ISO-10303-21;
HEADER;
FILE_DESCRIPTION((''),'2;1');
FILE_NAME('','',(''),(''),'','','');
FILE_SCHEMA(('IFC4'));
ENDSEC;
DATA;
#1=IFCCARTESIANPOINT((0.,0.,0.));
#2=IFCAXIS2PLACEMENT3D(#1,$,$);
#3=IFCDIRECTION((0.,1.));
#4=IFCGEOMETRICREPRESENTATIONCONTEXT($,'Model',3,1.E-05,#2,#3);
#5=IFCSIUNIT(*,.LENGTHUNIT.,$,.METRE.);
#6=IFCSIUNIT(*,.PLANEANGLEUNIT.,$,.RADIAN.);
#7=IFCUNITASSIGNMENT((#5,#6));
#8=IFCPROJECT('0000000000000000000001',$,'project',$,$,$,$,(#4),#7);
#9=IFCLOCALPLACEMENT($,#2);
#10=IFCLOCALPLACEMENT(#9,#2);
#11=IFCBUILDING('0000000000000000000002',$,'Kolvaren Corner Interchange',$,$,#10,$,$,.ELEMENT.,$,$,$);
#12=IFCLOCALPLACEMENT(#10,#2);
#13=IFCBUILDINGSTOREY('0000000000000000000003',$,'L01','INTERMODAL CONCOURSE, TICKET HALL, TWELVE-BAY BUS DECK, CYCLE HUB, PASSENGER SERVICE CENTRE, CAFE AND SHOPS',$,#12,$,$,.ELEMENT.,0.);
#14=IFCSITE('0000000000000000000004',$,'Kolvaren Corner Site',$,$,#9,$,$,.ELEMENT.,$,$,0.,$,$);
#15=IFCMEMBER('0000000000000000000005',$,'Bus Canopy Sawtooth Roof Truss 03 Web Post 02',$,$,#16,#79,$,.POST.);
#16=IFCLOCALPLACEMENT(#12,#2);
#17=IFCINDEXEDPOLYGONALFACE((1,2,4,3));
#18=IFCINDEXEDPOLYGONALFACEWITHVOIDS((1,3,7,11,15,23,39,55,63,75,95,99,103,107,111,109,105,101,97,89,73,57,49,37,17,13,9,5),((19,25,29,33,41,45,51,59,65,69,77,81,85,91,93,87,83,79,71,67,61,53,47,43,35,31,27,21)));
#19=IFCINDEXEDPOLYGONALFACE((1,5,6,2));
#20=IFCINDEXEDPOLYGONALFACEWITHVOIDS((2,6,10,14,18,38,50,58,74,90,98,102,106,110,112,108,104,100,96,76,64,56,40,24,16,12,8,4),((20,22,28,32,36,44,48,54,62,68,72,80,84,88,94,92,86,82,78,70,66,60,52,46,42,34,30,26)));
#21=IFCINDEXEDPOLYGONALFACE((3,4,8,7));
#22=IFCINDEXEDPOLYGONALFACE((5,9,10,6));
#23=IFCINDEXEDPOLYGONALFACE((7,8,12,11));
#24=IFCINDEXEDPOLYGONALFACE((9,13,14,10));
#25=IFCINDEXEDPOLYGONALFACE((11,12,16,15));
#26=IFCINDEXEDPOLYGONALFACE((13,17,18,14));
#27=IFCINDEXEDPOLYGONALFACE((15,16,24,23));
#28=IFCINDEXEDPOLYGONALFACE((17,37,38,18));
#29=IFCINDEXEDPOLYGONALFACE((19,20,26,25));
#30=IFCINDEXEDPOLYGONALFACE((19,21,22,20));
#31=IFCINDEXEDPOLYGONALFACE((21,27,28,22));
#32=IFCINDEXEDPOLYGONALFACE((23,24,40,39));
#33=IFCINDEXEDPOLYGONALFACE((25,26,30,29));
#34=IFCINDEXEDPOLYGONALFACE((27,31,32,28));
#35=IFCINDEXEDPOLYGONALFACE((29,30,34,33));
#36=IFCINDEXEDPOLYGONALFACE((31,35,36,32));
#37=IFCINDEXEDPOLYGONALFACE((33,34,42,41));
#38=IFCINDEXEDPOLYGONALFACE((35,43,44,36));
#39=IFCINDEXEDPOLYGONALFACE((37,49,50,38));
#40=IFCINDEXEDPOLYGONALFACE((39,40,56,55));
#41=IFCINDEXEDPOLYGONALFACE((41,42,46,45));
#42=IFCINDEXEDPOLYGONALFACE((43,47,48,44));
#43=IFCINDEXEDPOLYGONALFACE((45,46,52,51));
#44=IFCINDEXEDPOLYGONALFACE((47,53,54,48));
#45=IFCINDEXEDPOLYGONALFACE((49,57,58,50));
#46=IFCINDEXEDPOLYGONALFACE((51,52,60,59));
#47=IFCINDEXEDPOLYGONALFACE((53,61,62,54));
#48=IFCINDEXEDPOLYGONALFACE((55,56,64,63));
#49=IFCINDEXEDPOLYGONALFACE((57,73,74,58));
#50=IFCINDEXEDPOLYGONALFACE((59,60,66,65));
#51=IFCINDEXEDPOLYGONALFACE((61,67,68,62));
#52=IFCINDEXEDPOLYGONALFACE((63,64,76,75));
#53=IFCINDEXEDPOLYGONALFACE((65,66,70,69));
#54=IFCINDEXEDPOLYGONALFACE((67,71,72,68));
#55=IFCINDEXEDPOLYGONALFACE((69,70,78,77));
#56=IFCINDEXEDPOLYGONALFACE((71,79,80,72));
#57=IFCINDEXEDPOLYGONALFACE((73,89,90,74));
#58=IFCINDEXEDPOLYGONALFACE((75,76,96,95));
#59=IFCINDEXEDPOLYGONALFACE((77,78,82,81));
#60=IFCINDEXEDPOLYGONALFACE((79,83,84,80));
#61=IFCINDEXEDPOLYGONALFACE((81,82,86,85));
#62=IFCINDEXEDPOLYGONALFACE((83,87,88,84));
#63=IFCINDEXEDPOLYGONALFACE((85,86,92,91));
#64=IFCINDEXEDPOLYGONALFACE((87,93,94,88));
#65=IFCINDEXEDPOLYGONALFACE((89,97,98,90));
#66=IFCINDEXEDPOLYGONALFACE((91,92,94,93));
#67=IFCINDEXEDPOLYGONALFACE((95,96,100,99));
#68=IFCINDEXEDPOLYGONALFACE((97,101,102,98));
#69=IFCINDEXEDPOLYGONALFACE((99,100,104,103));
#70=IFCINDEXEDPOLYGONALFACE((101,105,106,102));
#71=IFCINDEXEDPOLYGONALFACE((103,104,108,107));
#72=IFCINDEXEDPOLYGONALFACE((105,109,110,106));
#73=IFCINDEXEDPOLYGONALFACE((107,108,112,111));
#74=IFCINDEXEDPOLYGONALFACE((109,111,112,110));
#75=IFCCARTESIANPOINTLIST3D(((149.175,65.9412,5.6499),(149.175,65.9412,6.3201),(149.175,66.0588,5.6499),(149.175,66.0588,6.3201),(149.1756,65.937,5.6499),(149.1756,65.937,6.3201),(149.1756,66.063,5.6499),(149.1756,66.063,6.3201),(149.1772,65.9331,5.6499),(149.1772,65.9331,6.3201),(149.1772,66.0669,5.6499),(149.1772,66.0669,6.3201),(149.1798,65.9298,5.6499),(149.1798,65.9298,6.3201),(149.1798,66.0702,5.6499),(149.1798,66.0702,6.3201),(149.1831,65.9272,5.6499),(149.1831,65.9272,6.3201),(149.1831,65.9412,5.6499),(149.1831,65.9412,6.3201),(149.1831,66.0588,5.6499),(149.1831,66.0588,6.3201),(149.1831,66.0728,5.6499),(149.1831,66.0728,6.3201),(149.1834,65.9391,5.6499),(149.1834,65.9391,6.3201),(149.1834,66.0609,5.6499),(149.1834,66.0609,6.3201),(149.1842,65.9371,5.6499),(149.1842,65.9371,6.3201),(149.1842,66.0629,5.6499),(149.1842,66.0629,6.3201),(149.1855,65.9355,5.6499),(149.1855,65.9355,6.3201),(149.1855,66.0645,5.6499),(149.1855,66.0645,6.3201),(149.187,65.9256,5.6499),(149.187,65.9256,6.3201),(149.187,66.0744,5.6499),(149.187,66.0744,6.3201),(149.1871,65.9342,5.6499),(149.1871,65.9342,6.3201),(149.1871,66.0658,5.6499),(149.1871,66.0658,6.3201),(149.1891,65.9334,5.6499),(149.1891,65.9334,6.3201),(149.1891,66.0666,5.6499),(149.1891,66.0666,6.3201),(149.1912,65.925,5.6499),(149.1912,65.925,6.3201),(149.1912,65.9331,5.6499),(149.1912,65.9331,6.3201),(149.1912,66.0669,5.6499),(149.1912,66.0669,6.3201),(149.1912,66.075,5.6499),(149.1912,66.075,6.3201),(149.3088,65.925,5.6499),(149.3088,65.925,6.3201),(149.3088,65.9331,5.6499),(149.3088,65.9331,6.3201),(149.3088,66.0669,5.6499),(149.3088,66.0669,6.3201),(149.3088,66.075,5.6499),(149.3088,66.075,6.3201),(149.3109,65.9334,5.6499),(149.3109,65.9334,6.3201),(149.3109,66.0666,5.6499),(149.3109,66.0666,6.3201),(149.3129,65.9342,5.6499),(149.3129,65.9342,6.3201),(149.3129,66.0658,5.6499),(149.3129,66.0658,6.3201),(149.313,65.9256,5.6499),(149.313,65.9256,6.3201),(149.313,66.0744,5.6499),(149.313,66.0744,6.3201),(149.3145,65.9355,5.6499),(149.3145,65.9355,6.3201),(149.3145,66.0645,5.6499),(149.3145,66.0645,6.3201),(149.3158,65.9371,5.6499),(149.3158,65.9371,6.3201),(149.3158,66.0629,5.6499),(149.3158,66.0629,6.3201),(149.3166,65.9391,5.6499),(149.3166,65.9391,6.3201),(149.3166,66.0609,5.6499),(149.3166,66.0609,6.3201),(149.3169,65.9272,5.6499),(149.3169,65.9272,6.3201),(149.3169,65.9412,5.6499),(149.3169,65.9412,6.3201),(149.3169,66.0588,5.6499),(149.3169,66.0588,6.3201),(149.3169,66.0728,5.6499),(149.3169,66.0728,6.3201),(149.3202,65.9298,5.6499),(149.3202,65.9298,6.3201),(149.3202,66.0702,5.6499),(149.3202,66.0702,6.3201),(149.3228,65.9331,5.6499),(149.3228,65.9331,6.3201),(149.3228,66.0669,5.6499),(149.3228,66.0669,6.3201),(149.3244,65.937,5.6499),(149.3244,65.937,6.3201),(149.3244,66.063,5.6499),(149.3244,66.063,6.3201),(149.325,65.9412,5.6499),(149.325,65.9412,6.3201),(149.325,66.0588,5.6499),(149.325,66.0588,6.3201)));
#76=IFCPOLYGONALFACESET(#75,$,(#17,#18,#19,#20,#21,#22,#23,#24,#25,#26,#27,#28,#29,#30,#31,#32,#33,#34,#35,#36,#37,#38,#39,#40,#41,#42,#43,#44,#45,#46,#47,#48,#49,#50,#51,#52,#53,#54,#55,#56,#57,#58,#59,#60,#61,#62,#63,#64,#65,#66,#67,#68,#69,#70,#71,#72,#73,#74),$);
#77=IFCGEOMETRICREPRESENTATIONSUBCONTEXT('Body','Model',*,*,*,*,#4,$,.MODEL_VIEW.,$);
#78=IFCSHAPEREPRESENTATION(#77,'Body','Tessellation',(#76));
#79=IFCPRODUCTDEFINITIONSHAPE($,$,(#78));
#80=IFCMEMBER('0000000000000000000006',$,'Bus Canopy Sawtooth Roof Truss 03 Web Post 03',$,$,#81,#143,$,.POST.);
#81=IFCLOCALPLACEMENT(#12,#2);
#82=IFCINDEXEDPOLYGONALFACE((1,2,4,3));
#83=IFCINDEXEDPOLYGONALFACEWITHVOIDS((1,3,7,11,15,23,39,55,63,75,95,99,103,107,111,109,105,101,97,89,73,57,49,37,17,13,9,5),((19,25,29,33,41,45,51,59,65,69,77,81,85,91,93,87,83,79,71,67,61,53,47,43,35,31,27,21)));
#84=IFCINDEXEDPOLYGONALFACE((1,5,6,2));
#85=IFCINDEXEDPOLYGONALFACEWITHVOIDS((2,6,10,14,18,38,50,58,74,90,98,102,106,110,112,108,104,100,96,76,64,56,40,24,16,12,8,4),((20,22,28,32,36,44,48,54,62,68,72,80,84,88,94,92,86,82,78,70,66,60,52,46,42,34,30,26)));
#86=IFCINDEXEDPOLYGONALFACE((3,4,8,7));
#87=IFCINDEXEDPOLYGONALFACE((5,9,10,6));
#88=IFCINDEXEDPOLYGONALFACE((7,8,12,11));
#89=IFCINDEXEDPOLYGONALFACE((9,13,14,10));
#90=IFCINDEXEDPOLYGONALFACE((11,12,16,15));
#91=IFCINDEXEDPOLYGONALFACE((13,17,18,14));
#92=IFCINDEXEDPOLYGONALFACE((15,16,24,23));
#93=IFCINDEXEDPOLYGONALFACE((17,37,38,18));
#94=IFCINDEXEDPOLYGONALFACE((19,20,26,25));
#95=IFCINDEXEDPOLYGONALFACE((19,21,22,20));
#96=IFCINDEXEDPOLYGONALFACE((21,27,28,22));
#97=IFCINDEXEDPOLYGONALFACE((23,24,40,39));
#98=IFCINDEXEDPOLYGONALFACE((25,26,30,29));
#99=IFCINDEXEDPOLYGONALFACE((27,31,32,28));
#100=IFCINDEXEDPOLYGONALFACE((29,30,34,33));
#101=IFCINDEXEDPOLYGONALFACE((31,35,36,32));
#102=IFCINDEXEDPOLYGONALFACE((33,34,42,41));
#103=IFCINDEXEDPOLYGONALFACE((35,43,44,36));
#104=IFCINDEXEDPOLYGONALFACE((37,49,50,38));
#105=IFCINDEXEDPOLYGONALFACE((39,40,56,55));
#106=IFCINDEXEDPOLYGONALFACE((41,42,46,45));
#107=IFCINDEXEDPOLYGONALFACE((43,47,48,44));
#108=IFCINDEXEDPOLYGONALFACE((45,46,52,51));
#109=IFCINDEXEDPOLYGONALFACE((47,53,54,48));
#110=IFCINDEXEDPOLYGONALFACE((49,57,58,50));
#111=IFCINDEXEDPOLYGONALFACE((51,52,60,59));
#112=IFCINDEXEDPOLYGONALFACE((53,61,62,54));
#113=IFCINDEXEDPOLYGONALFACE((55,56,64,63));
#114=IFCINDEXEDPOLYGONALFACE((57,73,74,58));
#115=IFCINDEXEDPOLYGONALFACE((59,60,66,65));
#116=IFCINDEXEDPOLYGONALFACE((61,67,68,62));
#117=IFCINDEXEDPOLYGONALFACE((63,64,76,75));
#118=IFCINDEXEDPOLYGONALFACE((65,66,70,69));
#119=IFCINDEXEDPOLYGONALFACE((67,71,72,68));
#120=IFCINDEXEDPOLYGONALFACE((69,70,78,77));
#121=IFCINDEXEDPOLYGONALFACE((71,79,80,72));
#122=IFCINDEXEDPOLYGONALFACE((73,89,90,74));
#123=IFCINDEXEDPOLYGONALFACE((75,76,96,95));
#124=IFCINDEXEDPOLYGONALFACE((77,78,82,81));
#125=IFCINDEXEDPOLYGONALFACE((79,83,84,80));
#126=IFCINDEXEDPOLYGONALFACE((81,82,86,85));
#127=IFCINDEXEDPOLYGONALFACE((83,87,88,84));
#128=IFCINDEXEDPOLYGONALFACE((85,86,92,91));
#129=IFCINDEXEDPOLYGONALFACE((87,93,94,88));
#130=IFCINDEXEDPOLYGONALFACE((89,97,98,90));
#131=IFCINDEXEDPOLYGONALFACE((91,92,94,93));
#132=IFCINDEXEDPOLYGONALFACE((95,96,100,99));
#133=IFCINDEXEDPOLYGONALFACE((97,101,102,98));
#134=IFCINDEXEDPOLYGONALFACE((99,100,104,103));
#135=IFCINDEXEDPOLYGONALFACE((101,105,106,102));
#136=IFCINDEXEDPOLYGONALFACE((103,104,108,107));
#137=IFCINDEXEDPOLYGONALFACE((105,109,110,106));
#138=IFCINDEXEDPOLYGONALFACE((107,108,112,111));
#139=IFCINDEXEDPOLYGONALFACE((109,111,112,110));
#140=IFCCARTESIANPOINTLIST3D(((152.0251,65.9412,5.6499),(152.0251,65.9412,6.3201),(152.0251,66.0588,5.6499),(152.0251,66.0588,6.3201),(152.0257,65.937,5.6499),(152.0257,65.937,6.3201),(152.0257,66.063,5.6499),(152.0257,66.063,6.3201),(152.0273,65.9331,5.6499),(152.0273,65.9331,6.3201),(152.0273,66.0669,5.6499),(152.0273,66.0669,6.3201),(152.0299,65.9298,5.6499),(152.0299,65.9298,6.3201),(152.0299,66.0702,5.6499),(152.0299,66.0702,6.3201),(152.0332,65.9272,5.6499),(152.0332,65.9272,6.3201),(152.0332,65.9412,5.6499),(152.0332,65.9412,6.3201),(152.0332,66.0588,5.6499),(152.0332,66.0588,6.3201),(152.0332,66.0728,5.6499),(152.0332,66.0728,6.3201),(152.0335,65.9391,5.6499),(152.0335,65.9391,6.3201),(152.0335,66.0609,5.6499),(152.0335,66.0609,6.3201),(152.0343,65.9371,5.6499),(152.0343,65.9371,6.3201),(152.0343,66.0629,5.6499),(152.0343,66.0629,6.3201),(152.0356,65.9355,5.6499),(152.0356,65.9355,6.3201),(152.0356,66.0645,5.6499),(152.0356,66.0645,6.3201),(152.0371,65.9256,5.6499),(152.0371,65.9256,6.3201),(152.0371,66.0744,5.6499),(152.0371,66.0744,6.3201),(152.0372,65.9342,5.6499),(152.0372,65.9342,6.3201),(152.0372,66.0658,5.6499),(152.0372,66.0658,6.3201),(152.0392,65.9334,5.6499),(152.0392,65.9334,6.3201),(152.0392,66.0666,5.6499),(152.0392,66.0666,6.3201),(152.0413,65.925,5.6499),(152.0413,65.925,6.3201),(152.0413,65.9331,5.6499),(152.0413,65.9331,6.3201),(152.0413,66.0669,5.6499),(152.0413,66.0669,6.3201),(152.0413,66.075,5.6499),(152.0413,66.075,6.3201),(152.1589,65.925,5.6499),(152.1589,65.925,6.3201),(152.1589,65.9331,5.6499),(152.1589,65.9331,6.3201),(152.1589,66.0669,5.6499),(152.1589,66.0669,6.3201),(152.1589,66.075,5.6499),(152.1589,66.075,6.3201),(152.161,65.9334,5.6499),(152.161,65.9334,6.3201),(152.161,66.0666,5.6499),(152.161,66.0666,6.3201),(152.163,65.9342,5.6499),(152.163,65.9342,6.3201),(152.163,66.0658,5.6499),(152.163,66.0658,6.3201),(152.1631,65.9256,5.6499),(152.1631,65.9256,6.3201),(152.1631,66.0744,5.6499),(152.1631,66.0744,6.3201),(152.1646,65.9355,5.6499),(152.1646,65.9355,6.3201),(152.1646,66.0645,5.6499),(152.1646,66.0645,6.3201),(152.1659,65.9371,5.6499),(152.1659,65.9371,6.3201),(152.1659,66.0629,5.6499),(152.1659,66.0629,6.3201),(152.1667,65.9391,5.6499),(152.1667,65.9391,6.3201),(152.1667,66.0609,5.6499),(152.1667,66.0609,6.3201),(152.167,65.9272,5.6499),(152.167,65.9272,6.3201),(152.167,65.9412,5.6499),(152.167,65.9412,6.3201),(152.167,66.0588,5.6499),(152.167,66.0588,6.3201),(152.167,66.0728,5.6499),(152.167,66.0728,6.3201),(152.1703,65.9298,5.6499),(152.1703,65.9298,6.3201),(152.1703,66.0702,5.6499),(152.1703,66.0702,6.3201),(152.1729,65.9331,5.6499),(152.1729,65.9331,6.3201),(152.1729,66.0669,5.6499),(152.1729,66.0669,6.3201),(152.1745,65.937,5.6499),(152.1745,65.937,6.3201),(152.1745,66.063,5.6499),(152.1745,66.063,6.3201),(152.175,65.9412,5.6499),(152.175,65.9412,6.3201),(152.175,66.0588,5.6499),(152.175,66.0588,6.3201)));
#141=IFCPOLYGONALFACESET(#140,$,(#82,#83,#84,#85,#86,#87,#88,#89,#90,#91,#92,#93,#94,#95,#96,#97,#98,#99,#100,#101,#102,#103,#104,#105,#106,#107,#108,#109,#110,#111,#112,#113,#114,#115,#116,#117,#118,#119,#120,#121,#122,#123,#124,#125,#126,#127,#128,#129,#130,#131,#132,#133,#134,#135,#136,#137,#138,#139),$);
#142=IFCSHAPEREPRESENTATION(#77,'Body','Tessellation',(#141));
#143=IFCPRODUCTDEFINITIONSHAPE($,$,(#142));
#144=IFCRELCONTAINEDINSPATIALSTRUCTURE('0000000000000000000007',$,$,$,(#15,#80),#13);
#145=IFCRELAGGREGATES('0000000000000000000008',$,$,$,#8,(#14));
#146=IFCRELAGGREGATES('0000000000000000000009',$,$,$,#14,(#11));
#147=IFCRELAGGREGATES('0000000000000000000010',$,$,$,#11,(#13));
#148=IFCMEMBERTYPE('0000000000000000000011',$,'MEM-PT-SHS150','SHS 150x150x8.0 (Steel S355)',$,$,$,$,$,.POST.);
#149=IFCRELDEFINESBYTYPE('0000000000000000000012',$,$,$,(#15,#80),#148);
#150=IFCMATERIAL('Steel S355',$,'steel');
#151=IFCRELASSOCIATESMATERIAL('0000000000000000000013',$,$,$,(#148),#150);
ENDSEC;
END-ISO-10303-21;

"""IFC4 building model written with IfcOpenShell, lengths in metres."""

from ifc_helpers import new_model, si_unit, direction, frame, origin, origin_2d, place, context, subcontext, project, spatial, hollow_rectangle, extrude, material, material_profile, profile_set, type_object, element, save


model = new_model("IFC4")

# Units and contexts
model_context = context("Model", 3, precision=1e-05, world=origin(), true_north=direction((0.0, 1.0)))
body_context = subcontext(model_context, "Body", "Model", "MODEL_VIEW")
ifc_project = project(units=[si_unit("LENGTHUNIT", "METRE"), si_unit("PLANEANGLEUNIT", "RADIAN")], contexts=[model_context])

# Site, building, storey
site_placement = place(None, origin())
site = spatial("IfcSite", under=ifc_project, at=site_placement, Name="Kolvaren Corner Site", CompositionType="ELEMENT", RefElevation=0.0)
building_placement = place(site_placement, origin())
building = spatial("IfcBuilding", under=site, at=building_placement, Name="Kolvaren Corner Interchange", CompositionType="ELEMENT")
storey_placement = place(building_placement, origin())
storey = spatial("IfcBuildingStorey", under=building, at=storey_placement, Name="L01", Description="INTERMODAL CONCOURSE, TICKET HALL, TWELVE-BAY BUS DECK, CYCLE HUB, PASSENGER SERVICE CENTRE, CAFE AND SHOPS", CompositionType="ELEMENT", Elevation=0.0)

# Members
ifc_material_1 = material(Name="Steel S355", Category="steel")
ifc_material_profile_1 = material_profile(ifc_material_1, hollow_rectangle(XDim=0.1499, YDim=0.1499, WallThickness=0.0081, InnerFilletRadius=0.0081, OuterFilletRadius=0.0161, at=origin_2d()), Name="SHS 150x150x8.0")
ifc_profile_set_1 = profile_set([ifc_material_profile_1], Name="Steel S355")
member_type_1 = type_object("IfcMemberType", Name="MEM-PT-SHS150", Description="SHS 150x150x8.0 (Steel S355)", PredefinedType="POST", material=ifc_profile_set_1)
for number, where, z_axis, x_axis, name in (
    (1, (149.25, 66.0, 5.6499), (0.0, 0.0, 1.0), (1.0, 0.0, 0.0), "Bus Canopy Sawtooth Roof Truss 03 Web Post 02"),
    (2, (152.1001, 66.0, 5.6499), (0.0, 0.0, 1.0), (1.0, 0.0, 0.0), "Bus Canopy Sawtooth Roof Truss 03 Web Post 03"),
):
    element("IfcMember", number, at=place(storey_placement, frame(where, z_axis=z_axis, x_axis=x_axis)), inside=storey, type_object=member_type_1, Name=name, PredefinedType="POST", context=body_context, shape_type="SweptSolid", body=[
        extrude(hollow_rectangle(XDim=0.1499, YDim=0.1499, WallThickness=0.0081, InnerFilletRadius=0.0081, OuterFilletRadius=0.0161, at=origin_2d()), origin(), (0.0, 0.0, 1.0), 0.6702),
    ])

save(model, "model.ifc")
